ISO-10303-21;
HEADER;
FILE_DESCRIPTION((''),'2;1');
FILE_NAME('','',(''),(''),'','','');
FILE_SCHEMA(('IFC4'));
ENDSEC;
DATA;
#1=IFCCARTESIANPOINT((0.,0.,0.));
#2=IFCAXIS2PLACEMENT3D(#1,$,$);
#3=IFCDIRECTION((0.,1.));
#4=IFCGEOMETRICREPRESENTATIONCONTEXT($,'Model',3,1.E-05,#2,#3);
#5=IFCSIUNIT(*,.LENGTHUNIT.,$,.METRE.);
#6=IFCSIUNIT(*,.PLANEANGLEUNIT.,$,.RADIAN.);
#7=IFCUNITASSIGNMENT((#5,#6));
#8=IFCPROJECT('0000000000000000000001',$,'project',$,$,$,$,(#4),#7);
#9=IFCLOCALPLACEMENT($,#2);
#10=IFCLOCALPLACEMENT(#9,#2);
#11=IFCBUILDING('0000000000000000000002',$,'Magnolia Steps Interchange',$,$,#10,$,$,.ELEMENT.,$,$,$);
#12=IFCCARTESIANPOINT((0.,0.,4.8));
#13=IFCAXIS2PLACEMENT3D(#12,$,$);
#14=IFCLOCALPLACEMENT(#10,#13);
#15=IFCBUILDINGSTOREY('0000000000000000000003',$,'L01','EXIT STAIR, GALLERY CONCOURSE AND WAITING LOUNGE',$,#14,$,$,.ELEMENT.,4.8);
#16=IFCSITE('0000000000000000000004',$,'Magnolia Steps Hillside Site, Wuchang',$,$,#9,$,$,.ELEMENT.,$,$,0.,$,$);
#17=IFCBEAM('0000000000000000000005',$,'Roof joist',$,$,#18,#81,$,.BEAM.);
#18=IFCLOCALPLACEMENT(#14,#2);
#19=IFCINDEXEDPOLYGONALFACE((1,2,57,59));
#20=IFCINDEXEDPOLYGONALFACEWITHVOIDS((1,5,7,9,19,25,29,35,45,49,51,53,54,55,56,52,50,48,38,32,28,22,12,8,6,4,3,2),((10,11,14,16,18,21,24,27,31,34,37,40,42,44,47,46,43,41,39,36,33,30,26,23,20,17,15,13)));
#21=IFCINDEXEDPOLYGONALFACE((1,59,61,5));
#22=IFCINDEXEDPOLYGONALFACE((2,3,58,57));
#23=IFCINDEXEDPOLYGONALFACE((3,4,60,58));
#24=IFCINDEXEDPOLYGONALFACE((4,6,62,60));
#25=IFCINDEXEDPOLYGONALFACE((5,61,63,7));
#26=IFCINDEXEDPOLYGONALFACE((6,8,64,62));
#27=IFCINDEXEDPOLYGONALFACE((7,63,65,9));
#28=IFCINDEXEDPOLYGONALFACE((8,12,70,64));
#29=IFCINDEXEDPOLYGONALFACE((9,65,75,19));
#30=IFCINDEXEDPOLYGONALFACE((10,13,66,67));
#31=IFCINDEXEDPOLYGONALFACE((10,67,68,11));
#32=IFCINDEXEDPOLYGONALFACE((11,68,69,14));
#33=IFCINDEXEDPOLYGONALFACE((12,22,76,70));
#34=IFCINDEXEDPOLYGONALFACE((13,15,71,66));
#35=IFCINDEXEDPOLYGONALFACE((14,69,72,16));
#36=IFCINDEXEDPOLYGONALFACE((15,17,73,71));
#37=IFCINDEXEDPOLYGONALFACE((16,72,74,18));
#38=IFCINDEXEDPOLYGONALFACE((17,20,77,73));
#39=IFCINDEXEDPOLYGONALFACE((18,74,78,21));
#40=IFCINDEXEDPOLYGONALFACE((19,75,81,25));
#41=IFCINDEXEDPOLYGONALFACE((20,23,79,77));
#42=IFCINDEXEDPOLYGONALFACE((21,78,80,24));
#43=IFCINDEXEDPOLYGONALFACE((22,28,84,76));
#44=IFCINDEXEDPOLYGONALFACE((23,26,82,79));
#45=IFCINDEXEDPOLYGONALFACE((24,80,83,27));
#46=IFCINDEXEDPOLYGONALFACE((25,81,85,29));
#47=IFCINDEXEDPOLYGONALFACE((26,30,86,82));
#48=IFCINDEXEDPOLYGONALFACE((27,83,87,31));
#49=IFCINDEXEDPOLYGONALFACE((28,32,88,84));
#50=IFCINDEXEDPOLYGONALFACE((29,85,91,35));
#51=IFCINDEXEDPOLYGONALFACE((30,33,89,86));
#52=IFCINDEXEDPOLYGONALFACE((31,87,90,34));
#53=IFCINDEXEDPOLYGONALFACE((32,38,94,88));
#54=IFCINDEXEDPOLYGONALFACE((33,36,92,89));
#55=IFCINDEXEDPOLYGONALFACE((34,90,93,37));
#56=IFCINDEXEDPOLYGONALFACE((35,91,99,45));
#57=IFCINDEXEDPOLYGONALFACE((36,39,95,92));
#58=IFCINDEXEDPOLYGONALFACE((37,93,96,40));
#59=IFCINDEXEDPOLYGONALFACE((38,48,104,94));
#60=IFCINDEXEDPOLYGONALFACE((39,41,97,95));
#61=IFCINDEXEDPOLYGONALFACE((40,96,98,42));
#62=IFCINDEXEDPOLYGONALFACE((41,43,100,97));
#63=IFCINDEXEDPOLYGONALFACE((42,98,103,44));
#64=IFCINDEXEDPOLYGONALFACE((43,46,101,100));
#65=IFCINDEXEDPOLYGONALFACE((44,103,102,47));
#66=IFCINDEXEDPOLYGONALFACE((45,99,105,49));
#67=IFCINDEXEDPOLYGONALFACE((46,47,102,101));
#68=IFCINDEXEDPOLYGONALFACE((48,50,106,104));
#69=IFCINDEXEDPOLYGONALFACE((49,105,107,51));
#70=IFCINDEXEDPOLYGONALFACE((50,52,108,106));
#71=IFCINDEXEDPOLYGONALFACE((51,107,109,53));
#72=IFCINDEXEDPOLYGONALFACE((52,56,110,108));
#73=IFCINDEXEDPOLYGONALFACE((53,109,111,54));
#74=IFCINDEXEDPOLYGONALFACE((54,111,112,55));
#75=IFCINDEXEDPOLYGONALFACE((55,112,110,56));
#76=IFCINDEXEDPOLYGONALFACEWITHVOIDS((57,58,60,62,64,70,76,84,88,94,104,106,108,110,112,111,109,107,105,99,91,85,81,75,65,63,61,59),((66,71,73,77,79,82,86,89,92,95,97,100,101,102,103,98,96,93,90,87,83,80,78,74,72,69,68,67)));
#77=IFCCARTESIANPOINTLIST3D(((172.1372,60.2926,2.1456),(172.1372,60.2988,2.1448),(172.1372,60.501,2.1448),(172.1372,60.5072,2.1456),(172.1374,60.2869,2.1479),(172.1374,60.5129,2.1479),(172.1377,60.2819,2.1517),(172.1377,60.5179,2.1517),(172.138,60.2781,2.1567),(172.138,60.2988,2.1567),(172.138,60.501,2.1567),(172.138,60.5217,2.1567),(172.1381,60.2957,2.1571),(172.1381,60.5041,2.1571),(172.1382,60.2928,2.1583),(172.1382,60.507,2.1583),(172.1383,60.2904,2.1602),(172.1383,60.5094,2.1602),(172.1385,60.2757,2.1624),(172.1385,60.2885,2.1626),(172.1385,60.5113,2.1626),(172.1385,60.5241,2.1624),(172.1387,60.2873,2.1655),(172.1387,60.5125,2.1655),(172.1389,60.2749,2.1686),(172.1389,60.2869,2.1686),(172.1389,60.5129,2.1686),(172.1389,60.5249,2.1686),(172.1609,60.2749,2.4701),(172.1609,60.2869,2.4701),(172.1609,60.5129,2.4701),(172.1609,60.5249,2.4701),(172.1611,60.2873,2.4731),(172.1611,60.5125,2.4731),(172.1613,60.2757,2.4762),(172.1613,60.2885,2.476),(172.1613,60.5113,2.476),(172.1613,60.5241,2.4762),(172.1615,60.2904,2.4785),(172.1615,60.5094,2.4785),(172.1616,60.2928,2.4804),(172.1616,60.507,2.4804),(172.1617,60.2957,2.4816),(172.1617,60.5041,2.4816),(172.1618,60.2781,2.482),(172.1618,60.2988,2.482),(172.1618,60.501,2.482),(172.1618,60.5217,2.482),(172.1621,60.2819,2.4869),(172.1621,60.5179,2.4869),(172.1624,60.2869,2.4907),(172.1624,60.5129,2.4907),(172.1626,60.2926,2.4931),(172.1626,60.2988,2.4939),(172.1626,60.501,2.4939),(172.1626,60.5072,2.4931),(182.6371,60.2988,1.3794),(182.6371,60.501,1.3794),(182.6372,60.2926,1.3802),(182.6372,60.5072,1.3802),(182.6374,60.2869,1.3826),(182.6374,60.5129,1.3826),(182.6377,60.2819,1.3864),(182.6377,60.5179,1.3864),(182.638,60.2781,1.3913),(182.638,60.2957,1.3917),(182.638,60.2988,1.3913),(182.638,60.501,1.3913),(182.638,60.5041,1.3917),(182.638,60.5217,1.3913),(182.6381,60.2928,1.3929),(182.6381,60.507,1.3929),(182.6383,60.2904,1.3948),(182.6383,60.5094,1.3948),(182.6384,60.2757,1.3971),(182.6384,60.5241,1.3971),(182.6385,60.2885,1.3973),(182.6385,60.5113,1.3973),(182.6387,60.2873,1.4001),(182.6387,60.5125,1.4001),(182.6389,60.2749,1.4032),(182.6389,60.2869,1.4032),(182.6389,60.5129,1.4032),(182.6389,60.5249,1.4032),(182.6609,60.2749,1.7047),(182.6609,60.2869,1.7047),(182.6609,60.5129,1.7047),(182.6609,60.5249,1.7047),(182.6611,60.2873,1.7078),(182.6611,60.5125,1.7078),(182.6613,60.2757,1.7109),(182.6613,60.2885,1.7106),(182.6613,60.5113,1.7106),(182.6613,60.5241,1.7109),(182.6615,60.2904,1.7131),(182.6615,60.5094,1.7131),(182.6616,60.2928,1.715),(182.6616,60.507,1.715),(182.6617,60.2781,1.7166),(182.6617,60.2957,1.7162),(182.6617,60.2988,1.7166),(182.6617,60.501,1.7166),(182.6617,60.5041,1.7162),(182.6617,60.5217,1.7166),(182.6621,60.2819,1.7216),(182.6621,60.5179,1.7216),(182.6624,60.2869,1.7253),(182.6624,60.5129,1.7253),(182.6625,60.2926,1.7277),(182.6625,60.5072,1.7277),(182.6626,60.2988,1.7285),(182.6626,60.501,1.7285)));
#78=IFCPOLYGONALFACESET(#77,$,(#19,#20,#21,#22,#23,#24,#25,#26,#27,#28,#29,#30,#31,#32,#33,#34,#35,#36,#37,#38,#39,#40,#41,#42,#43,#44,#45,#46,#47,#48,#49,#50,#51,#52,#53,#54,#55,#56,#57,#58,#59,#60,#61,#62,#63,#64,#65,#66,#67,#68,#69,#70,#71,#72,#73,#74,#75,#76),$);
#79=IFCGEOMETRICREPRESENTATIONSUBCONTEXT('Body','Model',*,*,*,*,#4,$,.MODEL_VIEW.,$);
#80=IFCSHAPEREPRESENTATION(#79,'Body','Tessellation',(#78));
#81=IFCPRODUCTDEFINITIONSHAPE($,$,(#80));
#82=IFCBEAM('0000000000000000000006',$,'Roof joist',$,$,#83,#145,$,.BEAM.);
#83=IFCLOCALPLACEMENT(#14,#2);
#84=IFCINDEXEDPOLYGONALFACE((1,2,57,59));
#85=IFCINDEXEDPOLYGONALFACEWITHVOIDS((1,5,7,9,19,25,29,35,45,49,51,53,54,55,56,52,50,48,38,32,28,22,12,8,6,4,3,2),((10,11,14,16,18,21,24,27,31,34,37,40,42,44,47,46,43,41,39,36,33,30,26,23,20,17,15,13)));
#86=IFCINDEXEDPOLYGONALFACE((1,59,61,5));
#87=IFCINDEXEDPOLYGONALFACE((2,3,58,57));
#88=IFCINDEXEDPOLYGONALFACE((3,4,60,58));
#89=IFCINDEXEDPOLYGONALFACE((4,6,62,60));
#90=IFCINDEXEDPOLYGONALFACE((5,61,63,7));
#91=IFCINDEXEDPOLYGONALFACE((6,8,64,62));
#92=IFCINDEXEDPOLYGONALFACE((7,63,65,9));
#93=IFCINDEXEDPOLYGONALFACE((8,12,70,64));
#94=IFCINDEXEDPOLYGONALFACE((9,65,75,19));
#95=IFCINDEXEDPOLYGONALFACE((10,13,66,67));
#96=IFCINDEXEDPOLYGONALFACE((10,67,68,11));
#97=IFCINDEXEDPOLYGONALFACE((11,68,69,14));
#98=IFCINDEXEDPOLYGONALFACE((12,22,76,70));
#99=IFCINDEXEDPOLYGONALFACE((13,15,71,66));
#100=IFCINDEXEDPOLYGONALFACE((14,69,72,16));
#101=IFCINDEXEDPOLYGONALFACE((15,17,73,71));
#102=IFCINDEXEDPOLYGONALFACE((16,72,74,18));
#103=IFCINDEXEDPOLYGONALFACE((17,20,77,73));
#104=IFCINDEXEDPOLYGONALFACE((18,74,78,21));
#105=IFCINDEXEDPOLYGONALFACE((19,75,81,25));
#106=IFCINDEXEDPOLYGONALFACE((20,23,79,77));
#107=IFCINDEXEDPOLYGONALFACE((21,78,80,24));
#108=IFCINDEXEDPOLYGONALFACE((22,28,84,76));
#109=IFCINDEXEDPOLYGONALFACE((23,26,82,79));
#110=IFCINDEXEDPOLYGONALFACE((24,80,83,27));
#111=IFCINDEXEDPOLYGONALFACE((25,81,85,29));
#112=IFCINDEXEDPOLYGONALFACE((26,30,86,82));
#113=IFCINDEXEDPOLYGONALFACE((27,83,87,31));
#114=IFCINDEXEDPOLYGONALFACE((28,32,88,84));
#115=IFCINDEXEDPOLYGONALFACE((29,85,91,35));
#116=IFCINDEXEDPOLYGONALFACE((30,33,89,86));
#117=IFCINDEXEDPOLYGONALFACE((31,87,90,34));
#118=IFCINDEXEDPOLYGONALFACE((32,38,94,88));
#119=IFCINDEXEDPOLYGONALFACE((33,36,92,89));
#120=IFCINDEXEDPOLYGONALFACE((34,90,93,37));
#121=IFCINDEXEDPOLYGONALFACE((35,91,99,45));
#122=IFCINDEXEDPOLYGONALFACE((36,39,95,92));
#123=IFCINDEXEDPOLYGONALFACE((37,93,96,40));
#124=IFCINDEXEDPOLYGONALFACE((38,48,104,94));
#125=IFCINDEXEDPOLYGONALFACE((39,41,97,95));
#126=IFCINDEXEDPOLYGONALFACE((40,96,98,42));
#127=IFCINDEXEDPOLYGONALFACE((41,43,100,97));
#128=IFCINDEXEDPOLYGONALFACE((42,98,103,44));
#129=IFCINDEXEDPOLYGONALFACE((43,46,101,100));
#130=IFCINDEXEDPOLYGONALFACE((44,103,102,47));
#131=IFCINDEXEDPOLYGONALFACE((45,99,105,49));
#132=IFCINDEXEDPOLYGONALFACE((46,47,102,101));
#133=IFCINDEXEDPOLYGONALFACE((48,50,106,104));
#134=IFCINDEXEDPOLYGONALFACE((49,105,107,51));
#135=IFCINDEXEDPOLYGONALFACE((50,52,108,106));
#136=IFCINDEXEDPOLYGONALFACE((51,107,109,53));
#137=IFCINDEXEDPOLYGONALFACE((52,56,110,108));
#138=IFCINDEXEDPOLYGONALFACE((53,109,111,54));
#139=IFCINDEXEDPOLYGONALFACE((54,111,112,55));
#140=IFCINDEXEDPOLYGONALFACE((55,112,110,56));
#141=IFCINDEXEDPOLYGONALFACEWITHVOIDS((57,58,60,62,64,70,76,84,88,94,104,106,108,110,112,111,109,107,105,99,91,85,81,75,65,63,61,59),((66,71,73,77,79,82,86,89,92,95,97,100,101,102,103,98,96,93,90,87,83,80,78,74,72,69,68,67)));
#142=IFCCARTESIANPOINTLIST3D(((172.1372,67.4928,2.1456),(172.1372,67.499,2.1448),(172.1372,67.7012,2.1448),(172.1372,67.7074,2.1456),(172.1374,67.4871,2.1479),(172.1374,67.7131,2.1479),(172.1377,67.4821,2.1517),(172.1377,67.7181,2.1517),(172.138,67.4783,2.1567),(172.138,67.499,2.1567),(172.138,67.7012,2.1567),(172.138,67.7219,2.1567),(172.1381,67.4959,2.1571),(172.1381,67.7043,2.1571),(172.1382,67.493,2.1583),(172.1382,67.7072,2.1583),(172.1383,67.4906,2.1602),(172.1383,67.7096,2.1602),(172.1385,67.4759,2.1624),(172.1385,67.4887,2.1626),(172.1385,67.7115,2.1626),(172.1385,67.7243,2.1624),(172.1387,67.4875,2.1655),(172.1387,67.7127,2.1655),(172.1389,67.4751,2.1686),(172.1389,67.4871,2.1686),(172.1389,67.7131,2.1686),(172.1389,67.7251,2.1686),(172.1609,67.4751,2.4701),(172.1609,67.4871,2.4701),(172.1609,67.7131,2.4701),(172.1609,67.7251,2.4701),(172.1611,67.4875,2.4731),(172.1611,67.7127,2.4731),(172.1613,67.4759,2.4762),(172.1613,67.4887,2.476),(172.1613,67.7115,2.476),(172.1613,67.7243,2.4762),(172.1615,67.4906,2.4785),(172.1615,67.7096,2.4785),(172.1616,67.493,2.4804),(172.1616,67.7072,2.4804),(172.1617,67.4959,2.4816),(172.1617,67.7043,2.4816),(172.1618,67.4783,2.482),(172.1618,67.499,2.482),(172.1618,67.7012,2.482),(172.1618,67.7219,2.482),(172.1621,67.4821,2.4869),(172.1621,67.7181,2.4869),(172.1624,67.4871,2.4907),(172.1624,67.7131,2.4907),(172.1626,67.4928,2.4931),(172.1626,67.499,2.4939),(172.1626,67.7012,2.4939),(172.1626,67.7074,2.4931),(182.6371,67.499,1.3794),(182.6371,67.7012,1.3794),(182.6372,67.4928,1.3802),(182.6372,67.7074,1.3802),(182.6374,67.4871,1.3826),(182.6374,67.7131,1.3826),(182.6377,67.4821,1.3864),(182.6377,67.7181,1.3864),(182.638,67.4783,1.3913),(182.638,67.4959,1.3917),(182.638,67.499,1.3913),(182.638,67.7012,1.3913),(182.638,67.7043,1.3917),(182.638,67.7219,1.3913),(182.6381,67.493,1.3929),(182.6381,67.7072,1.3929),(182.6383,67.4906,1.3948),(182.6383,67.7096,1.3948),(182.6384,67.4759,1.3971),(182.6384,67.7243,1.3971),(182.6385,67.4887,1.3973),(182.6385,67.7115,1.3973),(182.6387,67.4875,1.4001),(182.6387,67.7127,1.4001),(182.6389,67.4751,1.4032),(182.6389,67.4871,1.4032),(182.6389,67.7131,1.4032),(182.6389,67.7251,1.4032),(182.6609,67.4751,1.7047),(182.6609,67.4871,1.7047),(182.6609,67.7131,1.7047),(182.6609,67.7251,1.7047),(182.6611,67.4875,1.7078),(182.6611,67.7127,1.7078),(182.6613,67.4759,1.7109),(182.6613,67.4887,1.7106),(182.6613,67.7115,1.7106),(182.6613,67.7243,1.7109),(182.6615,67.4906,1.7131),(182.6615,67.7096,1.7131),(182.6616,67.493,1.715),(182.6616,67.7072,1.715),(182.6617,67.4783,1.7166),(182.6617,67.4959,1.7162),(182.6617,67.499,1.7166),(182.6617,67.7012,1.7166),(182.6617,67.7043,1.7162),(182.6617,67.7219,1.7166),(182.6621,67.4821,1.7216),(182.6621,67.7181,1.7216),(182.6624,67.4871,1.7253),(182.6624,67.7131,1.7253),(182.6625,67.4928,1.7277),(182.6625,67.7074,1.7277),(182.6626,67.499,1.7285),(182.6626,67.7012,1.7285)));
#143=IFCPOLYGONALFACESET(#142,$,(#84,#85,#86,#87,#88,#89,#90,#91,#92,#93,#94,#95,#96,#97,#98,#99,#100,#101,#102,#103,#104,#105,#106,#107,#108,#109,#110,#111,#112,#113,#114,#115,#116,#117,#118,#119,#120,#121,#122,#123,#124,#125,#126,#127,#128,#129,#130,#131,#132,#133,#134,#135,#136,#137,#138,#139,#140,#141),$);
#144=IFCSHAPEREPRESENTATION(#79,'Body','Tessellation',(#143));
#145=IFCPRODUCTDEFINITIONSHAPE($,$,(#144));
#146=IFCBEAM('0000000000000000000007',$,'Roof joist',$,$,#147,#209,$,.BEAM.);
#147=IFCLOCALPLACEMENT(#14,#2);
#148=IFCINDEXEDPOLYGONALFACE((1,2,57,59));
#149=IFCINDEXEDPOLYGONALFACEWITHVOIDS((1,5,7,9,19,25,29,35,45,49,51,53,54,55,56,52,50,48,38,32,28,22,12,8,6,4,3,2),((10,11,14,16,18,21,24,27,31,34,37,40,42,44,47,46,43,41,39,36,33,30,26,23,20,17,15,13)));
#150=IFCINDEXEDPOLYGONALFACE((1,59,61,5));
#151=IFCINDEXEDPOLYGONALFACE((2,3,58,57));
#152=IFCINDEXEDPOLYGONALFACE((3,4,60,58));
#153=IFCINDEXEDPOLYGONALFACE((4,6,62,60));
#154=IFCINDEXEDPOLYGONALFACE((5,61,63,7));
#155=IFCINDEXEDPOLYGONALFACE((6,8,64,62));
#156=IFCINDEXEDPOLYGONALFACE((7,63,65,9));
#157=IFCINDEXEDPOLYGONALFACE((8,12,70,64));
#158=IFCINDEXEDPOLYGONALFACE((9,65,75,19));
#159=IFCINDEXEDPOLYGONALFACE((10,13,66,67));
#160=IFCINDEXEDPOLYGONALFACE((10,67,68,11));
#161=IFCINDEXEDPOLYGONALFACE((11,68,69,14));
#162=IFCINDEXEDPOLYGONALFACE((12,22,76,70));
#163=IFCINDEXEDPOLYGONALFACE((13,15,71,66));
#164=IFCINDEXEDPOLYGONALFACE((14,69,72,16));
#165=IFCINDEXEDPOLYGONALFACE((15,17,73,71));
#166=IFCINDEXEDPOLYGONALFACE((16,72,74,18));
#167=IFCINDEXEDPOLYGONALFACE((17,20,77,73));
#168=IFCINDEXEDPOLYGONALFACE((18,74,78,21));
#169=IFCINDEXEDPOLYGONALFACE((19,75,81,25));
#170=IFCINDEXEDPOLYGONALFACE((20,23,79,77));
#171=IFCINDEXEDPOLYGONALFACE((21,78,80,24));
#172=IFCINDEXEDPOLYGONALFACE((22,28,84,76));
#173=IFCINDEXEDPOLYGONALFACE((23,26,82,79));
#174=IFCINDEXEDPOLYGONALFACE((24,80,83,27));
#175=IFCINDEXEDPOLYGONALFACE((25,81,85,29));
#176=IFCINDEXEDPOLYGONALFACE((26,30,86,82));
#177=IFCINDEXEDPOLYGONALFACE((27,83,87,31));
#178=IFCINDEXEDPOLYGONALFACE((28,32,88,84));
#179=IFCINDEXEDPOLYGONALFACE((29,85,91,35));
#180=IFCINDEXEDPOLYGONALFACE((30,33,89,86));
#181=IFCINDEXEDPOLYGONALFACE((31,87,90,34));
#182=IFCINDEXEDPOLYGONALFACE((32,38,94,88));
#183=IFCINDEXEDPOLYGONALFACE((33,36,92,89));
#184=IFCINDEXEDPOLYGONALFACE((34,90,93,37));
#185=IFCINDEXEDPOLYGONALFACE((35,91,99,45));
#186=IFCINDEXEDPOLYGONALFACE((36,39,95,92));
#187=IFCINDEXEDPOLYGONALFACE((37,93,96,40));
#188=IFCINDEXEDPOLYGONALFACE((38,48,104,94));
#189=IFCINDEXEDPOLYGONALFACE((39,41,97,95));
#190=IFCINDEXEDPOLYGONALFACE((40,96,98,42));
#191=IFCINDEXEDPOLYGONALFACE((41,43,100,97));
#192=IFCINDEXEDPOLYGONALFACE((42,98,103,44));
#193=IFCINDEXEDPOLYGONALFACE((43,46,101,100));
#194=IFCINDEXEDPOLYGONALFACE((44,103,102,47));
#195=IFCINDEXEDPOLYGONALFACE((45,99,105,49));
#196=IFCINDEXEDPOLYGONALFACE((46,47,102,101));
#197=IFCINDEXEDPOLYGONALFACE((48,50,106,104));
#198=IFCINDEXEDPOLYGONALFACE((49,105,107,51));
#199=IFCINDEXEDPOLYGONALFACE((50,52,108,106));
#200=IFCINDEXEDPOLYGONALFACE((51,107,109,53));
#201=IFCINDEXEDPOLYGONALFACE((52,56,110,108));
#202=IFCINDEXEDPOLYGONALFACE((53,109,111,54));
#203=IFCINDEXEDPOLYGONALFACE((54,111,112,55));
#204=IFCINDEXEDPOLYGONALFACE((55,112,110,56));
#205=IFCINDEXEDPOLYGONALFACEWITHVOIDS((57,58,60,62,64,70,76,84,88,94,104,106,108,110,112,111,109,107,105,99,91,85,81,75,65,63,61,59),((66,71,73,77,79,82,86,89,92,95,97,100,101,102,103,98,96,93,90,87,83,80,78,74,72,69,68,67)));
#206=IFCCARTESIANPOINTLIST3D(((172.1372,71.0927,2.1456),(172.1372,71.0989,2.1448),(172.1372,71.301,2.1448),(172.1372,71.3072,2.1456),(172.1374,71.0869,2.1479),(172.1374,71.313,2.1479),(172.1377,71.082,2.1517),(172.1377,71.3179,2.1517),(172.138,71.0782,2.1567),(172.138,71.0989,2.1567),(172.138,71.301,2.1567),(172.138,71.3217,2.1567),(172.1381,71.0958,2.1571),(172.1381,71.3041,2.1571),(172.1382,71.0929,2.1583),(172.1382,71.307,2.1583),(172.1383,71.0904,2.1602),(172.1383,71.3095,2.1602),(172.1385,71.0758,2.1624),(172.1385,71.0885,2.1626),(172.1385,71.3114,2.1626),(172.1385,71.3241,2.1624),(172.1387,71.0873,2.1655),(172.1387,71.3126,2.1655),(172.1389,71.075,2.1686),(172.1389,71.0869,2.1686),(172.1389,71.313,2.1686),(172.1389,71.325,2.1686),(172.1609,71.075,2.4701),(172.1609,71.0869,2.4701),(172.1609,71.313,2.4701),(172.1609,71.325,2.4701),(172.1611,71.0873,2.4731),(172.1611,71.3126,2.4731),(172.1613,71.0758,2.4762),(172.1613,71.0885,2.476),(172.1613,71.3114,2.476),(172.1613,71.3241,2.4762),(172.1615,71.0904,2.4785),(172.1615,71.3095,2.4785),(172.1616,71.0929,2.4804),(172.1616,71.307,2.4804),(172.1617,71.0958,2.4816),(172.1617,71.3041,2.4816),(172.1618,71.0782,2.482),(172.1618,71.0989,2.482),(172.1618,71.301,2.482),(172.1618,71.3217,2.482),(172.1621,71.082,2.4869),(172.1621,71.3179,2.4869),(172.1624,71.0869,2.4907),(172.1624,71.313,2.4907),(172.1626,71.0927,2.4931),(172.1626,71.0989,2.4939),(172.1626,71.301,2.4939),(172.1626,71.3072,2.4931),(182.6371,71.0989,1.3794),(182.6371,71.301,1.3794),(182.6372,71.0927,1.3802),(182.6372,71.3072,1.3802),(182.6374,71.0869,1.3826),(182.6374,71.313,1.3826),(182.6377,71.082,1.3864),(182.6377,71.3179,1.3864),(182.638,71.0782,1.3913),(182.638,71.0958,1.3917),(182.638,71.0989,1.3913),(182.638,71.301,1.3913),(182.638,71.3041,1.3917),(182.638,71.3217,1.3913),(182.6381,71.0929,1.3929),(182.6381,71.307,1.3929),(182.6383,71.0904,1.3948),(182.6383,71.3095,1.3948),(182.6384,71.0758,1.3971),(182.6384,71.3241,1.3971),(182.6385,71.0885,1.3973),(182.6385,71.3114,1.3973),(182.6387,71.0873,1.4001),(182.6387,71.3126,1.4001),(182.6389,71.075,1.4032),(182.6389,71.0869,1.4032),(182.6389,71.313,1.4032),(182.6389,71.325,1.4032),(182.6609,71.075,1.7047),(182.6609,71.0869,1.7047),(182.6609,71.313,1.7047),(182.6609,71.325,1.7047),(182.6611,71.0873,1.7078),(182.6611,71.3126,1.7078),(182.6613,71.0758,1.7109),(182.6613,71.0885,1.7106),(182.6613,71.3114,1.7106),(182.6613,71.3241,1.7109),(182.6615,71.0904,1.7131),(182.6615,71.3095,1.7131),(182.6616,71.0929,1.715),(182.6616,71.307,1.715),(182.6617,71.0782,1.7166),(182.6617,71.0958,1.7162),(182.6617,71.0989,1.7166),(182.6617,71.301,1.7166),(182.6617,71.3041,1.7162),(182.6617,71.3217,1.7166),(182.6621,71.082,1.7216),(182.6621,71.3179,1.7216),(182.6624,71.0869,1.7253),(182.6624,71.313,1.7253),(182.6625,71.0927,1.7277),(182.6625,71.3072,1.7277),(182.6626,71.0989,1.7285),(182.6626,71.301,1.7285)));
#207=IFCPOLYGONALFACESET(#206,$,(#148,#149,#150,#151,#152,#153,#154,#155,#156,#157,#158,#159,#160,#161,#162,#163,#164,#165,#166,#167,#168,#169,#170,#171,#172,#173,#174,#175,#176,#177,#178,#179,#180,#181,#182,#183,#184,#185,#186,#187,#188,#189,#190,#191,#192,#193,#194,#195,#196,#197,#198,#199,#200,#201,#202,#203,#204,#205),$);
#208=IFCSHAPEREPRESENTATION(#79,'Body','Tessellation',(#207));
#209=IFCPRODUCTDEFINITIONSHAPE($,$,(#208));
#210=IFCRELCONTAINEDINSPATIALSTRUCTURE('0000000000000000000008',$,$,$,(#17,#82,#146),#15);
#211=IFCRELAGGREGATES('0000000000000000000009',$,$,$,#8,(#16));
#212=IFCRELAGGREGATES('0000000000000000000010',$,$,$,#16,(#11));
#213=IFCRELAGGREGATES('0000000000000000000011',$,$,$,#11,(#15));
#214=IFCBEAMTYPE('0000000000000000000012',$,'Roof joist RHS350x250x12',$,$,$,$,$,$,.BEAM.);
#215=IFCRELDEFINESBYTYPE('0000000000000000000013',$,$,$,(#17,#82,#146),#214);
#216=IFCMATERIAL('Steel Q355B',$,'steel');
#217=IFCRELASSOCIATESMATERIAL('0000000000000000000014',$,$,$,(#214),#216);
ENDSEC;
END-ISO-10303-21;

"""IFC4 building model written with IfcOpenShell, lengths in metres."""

from ifc_helpers import new_model, si_unit, direction, frame, origin, origin_2d, place, context, subcontext, project, spatial, hollow_rectangle, extrude, material, material_profile, profile_set, type_object, element, save


model = new_model("IFC4")

# Units and contexts
model_context = context("Model", 3, precision=1e-05, world=origin(), true_north=direction((0.0, 1.0)))
body_context = subcontext(model_context, "Body", "Model", "MODEL_VIEW")
ifc_project = project(units=[si_unit("LENGTHUNIT", "METRE"), si_unit("PLANEANGLEUNIT", "RADIAN")], contexts=[model_context])

# Site, building, storey
site_placement = place(None, origin())
site = spatial("IfcSite", under=ifc_project, at=site_placement, Name="Magnolia Steps Hillside Site, Wuchang", CompositionType="ELEMENT", RefElevation=0.0)
building_placement = place(site_placement, origin())
building = spatial("IfcBuilding", under=site, at=building_placement, Name="Magnolia Steps Interchange", CompositionType="ELEMENT")
storey_placement = place(building_placement, frame((0.0, 0.0, 4.8)))
storey = spatial("IfcBuildingStorey", under=building, at=storey_placement, Name="L01", Description="EXIT STAIR, GALLERY CONCOURSE AND WAITING LOUNGE", CompositionType="ELEMENT", Elevation=4.8)

# Beams
ifc_material_1 = material(Name="Steel Q355B", Category="steel")
ifc_material_profile_1 = material_profile(ifc_material_1, hollow_rectangle(XDim=0.25, YDim=0.3501, WallThickness=0.012, InnerFilletRadius=0.012, OuterFilletRadius=0.0239, at=origin_2d()), Name="RHS350x250x12")
ifc_profile_set_1 = profile_set([ifc_material_profile_1], Name="Steel Q355B")
beam_type_1 = type_object("IfcBeamType", Name="Roof joist RHS350x250x12", PredefinedType="BEAM", material=ifc_profile_set_1)
for number, where, z_axis, x_axis, name in (
    (1, (172.1499, 60.3999, 2.3193), (0.997354, 0.0, -0.072701), (0.0, 1.0, 0.0), "Roof joist"),
    (2, (172.1499, 67.6001, 2.3193), (0.997354, 0.0, -0.072701), (0.0, 1.0, 0.0), "Roof joist"),
    (3, (172.1499, 71.2, 2.3193), (0.997354, 0.0, -0.072701), (0.0, 1.0, 0.0), "Roof joist"),
):
    element("IfcBeam", number, at=place(storey_placement, frame(where, z_axis=z_axis, x_axis=x_axis)), inside=storey, type_object=beam_type_1, Name=name, PredefinedType="BEAM", context=body_context, shape_type="SweptSolid", body=[
        extrude(hollow_rectangle(XDim=0.25, YDim=0.3501, WallThickness=0.012, InnerFilletRadius=0.012, OuterFilletRadius=0.0239, at=origin_2d()), origin(), (0.0, 0.0, 1.0), 10.5278),
    ])

save(model, "model.ifc")
